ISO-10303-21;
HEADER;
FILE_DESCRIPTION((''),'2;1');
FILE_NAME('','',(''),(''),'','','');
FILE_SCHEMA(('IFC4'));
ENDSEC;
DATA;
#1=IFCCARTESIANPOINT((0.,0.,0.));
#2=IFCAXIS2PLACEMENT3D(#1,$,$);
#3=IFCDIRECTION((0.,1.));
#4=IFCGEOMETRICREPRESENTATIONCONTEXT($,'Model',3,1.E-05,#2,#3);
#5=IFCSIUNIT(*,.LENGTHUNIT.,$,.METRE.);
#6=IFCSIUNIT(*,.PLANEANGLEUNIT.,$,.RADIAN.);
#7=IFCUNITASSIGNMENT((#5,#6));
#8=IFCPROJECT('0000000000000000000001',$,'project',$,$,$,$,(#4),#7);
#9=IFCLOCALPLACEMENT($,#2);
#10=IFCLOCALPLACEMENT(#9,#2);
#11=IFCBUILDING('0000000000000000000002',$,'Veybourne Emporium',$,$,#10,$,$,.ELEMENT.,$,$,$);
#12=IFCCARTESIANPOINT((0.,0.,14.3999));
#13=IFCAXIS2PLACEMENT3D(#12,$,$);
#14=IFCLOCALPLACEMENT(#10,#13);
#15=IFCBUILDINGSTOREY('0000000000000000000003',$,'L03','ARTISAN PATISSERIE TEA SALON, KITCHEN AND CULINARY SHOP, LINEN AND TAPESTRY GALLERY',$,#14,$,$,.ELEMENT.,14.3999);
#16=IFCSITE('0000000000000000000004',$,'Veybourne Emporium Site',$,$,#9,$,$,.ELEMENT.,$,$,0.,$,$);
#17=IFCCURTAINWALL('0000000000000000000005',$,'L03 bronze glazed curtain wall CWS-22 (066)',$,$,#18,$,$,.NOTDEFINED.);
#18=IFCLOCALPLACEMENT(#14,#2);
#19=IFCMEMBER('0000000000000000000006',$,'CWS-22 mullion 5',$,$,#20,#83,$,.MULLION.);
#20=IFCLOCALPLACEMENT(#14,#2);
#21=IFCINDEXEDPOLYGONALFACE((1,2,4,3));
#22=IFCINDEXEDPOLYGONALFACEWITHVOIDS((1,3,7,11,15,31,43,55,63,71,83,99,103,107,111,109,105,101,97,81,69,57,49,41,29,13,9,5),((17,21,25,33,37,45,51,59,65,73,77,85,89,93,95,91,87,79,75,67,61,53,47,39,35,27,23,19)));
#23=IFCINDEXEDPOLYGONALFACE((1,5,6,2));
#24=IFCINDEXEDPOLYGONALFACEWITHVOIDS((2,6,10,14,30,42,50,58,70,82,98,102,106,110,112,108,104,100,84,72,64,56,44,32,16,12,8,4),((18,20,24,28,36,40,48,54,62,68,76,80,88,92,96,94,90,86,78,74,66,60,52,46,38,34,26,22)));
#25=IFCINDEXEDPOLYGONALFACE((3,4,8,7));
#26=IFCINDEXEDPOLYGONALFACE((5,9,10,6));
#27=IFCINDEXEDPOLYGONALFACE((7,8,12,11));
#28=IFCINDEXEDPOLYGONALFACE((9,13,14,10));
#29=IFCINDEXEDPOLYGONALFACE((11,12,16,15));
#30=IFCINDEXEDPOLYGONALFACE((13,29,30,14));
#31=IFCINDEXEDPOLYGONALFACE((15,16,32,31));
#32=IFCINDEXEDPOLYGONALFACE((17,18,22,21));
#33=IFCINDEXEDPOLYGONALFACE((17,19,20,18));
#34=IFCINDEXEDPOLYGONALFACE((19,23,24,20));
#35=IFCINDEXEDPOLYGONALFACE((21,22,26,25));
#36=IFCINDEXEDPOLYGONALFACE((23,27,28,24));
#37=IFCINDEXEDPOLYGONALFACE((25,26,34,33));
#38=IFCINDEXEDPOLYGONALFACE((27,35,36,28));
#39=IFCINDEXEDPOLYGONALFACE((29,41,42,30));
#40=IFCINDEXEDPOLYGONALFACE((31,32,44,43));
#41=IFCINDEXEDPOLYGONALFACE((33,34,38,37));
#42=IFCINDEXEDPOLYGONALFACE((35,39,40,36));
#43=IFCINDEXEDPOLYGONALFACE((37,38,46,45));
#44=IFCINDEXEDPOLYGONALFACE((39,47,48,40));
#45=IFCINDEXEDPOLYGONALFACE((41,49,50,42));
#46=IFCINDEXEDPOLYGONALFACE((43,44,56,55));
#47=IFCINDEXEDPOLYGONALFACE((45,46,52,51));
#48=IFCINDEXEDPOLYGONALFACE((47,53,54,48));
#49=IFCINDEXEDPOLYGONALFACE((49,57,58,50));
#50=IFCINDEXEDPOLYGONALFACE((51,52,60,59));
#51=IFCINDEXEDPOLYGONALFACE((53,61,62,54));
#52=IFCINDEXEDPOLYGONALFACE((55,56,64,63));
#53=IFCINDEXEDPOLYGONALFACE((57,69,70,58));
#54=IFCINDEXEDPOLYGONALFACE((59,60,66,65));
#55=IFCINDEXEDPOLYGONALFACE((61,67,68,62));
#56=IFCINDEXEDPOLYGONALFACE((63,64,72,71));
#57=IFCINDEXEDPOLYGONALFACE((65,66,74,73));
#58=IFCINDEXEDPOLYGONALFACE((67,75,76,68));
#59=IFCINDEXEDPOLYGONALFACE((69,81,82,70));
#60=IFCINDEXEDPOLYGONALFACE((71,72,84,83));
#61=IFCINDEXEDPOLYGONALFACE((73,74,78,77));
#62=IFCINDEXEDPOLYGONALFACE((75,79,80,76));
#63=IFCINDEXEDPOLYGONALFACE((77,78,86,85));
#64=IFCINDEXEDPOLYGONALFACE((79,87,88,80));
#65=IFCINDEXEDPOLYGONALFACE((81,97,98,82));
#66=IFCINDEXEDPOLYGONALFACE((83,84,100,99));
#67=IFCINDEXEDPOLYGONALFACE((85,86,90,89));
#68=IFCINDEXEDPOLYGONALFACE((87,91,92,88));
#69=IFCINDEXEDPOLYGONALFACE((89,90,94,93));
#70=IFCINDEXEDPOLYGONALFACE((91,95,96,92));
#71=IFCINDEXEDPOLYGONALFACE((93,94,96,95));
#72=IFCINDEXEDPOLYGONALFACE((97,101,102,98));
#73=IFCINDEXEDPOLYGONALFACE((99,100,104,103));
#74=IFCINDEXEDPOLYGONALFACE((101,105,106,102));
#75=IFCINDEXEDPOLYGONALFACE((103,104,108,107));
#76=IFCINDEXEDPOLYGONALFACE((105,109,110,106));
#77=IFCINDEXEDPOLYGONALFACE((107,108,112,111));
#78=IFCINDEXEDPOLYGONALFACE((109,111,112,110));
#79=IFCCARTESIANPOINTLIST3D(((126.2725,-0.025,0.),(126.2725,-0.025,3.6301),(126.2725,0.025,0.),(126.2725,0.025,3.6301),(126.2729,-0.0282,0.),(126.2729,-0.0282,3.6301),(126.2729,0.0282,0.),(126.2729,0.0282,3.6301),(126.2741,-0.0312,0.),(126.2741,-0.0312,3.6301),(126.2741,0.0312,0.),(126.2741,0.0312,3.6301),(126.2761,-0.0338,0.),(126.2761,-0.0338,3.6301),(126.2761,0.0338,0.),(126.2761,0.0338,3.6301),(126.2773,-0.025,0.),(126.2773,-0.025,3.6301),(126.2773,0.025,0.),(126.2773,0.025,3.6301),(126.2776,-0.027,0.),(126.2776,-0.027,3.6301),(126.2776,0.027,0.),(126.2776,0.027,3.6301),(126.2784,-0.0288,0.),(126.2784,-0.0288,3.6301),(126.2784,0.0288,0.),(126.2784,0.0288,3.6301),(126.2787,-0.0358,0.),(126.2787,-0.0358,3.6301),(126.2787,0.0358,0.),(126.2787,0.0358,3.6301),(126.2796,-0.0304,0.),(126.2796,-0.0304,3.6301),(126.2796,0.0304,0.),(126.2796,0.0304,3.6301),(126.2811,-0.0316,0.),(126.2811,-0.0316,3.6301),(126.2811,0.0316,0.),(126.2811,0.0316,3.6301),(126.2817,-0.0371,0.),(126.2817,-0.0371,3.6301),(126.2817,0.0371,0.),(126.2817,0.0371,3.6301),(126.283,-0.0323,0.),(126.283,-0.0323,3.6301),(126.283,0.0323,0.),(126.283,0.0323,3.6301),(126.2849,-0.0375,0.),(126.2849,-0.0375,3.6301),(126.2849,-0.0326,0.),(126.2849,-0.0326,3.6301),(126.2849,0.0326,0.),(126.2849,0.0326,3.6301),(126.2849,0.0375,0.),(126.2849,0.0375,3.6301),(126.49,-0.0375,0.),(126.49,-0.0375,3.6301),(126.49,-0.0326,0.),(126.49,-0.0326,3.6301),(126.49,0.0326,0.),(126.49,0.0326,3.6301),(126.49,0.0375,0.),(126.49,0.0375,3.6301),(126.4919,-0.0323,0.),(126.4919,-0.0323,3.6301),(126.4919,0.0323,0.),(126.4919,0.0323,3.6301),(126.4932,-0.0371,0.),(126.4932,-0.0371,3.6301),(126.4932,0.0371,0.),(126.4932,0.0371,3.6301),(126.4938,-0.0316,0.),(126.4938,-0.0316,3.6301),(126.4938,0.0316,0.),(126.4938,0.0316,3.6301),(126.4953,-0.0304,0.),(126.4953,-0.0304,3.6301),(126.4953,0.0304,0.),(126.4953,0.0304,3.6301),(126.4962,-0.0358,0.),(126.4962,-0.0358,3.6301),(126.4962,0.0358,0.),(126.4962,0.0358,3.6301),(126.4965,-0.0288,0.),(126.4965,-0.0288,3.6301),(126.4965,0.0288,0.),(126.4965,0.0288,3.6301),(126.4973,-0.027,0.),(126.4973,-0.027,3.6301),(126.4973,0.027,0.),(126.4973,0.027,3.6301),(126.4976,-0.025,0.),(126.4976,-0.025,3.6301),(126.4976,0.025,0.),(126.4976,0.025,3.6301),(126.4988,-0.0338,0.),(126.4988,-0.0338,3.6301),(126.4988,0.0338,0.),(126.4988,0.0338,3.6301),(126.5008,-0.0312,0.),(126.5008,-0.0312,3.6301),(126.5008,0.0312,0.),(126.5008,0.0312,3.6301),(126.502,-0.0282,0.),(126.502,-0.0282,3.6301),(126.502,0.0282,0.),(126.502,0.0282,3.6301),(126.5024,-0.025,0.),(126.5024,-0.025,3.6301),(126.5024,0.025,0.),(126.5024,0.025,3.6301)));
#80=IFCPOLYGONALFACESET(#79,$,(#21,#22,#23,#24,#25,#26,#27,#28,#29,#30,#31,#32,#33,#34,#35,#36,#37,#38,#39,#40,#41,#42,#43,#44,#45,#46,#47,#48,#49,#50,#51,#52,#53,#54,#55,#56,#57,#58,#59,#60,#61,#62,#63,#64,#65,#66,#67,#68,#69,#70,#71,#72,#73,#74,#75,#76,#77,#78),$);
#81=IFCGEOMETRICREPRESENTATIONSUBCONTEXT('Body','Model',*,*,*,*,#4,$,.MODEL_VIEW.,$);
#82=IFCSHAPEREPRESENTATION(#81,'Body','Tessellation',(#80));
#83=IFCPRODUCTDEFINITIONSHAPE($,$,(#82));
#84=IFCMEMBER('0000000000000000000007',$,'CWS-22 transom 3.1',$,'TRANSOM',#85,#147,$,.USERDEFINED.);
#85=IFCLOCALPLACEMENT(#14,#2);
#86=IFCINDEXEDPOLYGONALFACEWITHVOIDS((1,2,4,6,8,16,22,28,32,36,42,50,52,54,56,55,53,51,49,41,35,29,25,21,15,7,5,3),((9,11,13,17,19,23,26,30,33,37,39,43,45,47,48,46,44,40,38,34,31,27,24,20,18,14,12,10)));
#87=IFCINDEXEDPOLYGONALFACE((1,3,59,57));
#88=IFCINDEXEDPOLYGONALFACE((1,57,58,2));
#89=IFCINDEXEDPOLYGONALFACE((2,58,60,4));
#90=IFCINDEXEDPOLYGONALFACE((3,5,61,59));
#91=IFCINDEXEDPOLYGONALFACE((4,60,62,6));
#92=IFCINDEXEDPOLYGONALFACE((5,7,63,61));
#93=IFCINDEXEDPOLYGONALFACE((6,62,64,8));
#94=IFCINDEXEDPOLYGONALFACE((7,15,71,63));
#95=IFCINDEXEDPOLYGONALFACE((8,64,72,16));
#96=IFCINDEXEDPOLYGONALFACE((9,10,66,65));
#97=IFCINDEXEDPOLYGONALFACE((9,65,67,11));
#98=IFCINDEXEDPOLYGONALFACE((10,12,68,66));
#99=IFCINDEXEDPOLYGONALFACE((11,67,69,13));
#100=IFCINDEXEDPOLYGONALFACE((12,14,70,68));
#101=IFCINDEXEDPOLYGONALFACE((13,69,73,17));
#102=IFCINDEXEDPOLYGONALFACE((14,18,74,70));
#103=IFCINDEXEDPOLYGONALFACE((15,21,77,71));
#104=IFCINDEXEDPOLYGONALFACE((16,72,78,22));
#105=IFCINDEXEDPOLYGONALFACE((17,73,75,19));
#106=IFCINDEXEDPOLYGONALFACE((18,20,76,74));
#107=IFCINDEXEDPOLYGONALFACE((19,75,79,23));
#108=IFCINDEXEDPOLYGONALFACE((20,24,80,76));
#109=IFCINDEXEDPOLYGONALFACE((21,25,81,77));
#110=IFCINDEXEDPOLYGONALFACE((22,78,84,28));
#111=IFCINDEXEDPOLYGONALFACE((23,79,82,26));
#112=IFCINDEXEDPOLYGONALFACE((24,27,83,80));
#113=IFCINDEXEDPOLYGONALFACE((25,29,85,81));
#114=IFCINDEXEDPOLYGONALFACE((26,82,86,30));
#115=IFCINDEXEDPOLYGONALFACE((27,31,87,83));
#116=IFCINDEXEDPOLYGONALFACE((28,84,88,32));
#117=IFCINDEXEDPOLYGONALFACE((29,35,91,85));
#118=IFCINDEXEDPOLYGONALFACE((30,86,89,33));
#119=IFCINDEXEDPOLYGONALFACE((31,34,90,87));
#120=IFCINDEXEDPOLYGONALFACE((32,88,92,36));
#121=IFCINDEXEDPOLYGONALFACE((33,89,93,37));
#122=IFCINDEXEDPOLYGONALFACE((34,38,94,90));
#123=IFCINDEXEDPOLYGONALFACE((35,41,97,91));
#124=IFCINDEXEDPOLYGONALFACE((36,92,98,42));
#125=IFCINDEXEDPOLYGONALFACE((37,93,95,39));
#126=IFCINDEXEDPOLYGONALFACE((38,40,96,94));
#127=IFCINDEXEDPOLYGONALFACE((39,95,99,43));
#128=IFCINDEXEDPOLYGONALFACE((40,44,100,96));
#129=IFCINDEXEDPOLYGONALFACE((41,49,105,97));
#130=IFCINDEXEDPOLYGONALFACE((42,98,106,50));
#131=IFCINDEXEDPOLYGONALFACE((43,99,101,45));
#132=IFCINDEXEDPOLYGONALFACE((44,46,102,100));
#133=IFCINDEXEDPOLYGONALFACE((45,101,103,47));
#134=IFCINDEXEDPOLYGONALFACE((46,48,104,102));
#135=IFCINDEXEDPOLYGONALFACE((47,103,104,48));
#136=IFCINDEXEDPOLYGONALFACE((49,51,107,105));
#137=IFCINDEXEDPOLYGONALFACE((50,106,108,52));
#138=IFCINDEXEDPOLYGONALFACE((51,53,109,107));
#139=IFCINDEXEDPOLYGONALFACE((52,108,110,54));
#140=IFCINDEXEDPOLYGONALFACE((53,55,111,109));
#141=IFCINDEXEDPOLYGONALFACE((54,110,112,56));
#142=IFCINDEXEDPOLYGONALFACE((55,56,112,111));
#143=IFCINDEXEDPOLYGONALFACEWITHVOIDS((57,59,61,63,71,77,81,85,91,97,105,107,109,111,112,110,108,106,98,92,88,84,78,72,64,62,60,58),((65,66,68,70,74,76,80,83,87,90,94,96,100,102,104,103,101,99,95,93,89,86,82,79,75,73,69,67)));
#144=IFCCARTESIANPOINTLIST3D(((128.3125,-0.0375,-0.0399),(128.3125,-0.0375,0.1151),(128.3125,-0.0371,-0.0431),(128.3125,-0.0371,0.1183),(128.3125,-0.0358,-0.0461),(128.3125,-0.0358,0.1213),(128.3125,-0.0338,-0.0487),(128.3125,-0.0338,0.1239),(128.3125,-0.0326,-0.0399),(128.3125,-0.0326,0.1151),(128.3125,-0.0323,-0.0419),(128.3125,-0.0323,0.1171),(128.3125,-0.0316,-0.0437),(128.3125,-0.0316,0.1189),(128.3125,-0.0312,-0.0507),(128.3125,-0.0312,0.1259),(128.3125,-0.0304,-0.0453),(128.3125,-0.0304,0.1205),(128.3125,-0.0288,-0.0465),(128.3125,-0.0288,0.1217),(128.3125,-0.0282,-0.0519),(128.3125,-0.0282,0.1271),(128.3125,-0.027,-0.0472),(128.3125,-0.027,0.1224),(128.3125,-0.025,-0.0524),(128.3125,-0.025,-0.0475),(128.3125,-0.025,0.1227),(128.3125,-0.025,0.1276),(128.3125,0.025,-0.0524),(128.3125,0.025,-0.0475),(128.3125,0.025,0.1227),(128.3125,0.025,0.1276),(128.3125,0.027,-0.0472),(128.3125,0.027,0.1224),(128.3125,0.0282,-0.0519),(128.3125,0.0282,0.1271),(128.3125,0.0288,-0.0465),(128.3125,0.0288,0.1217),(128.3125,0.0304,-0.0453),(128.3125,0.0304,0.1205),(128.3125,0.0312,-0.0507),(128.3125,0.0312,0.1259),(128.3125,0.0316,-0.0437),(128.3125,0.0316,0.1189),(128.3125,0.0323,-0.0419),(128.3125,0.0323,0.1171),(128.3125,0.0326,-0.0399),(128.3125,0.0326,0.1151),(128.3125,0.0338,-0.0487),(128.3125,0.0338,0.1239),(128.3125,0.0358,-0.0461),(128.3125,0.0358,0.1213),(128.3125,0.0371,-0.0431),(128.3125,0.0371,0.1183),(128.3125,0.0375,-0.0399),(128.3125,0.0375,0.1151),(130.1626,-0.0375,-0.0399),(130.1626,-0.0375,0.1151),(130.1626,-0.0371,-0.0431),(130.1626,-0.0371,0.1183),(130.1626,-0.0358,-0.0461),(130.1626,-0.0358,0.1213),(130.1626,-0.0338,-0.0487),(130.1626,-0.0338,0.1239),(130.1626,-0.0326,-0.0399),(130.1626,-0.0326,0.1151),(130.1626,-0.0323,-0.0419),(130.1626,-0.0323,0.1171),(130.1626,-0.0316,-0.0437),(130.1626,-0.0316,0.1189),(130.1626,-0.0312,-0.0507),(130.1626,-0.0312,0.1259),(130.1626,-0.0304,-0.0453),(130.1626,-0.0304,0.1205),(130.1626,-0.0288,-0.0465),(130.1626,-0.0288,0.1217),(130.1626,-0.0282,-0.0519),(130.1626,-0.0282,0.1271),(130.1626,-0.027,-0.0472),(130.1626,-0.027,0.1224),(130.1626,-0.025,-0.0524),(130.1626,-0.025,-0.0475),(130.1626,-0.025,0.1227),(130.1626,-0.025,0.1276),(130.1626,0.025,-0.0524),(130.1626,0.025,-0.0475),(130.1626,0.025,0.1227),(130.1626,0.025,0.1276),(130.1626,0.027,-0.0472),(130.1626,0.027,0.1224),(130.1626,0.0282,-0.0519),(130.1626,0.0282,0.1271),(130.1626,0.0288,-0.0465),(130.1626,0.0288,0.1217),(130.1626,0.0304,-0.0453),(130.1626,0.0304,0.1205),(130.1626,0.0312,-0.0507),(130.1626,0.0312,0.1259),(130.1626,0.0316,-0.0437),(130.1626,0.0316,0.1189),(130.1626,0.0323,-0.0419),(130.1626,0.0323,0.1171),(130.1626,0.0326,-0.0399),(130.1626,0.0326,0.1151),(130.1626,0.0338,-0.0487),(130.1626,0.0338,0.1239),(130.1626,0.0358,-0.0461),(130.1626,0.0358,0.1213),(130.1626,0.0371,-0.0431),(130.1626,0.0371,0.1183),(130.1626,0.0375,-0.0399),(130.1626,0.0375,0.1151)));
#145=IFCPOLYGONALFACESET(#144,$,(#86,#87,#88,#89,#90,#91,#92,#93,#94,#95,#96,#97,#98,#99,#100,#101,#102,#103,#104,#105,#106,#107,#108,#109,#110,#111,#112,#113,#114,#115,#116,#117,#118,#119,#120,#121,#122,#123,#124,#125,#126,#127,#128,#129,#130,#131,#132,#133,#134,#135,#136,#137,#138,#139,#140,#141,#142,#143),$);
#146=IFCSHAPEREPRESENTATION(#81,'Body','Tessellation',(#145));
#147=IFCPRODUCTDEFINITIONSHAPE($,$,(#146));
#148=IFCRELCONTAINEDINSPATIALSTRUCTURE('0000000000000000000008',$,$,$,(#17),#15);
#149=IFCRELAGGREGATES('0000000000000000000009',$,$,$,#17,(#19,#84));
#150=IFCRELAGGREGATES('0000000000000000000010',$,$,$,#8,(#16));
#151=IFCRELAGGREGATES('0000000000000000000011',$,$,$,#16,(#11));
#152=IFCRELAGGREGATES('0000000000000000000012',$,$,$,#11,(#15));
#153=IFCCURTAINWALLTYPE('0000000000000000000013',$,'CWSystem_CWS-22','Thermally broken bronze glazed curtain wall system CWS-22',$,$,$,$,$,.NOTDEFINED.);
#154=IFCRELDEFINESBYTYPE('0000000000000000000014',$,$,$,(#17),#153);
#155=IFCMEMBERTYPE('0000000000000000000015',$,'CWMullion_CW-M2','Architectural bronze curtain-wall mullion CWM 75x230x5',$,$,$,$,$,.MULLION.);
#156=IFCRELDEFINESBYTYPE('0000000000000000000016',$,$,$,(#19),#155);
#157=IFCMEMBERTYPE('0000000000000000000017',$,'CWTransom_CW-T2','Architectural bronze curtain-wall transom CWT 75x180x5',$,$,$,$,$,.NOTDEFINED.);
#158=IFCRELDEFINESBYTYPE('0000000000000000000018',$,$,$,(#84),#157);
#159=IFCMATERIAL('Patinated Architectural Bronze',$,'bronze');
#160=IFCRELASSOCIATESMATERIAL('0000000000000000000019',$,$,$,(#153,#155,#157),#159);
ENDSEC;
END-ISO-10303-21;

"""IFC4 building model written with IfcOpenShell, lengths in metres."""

from ifc_helpers import new_model, si_unit, direction, frame, origin, origin_2d, place, context, subcontext, project, spatial, hollow_rectangle, extrude, material, material_profile, profile_set, type_object, element, aggregate, save


model = new_model("IFC4")

# Units and contexts
model_context = context("Model", 3, precision=1e-05, world=origin(), true_north=direction((0.0, 1.0)))
body_context = subcontext(model_context, "Body", "Model", "MODEL_VIEW")
ifc_project = project(units=[si_unit("LENGTHUNIT", "METRE"), si_unit("PLANEANGLEUNIT", "RADIAN")], contexts=[model_context])

# Site, building, storey
site_placement = place(None, origin())
site = spatial("IfcSite", under=ifc_project, at=site_placement, Name="Veybourne Emporium Site", CompositionType="ELEMENT", RefElevation=0.0)
building_placement = place(site_placement, origin())
building = spatial("IfcBuilding", under=site, at=building_placement, Name="Veybourne Emporium", CompositionType="ELEMENT")
storey_placement = place(building_placement, frame((0.0, 0.0, 14.3999)))
storey = spatial("IfcBuildingStorey", under=building, at=storey_placement, Name="L03", Description="ARTISAN PATISSERIE TEA SALON, KITCHEN AND CULINARY SHOP, LINEN AND TAPESTRY GALLERY", CompositionType="ELEMENT", Elevation=14.3999)

# Curtain wall, members
ifc_material_1 = material(Name="Patinated Architectural Bronze", Category="bronze")
curtain_wall_type = type_object("IfcCurtainWallType", Name="CWSystem_CWS-22", Description="Thermally broken bronze glazed curtain wall system CWS-22", PredefinedType="NOTDEFINED", material=ifc_material_1)
curtain_wall_placement = place(storey_placement, origin())
curtain_wall = element("IfcCurtainWall", 1, at=curtain_wall_placement, inside=storey, type_object=curtain_wall_type, Name="L03 bronze glazed curtain wall CWS-22 (066)", PredefinedType="NOTDEFINED")
ifc_material_profile_1 = material_profile(ifc_material_1, hollow_rectangle(XDim=0.075, YDim=0.23, WallThickness=0.0049, InnerFilletRadius=0.0076, OuterFilletRadius=0.0125, at=origin_2d()), Name="CWM 75x230x5")
ifc_profile_set_1 = profile_set([ifc_material_profile_1], Name="Patinated Architectural Bronze")
member_type_1 = type_object("IfcMemberType", Name="CWMullion_CW-M2", Description="Architectural bronze curtain-wall mullion CWM 75x230x5", PredefinedType="MULLION", material=ifc_profile_set_1)
member_1_placement = place(storey_placement, frame((126.3875, 0.0, 0.0), z_axis=(0.0, 0.0, 1.0), x_axis=(0.0, -1.0, 0.0)))
member_1 = element("IfcMember", 2, at=member_1_placement, type_object=member_type_1, Name="CWS-22 mullion 5", PredefinedType="MULLION", context=body_context, shape_type="SweptSolid", body=[
    extrude(hollow_rectangle(XDim=0.075, YDim=0.23, WallThickness=0.0049, InnerFilletRadius=0.0076, OuterFilletRadius=0.0125, at=origin_2d()), origin(), (0.0, 0.0, 1.0), 3.6301),
])
ifc_material_profile_2 = material_profile(ifc_material_1, hollow_rectangle(XDim=0.075, YDim=0.1799, WallThickness=0.0049, InnerFilletRadius=0.0076, OuterFilletRadius=0.0125, at=origin_2d()), Name="CWT 75x180x5")
ifc_profile_set_2 = profile_set([ifc_material_profile_2], Name="Patinated Architectural Bronze")
member_type_2 = type_object("IfcMemberType", Name="CWTransom_CW-T2", Description="Architectural bronze curtain-wall transom CWT 75x180x5", PredefinedType="NOTDEFINED", material=ifc_profile_set_2)
member_2_placement = place(storey_placement, frame((130.1626, 0.0, 0.0376), z_axis=(-1.0, 0.0, 0.0), x_axis=(0.0, -1.0, 0.0)))
member_2 = element("IfcMember", 3, at=member_2_placement, type_object=member_type_2, Name="CWS-22 transom 3.1", ObjectType="TRANSOM", PredefinedType="USERDEFINED", context=body_context, shape_type="SweptSolid", body=[
    extrude(hollow_rectangle(XDim=0.075, YDim=0.1799, WallThickness=0.0049, InnerFilletRadius=0.0076, OuterFilletRadius=0.0125, at=origin_2d()), origin(), (0.0, 0.0, 1.0), 1.8501),
])

aggregate(curtain_wall, [member_1, member_2])

save(model, "model.ifc")
